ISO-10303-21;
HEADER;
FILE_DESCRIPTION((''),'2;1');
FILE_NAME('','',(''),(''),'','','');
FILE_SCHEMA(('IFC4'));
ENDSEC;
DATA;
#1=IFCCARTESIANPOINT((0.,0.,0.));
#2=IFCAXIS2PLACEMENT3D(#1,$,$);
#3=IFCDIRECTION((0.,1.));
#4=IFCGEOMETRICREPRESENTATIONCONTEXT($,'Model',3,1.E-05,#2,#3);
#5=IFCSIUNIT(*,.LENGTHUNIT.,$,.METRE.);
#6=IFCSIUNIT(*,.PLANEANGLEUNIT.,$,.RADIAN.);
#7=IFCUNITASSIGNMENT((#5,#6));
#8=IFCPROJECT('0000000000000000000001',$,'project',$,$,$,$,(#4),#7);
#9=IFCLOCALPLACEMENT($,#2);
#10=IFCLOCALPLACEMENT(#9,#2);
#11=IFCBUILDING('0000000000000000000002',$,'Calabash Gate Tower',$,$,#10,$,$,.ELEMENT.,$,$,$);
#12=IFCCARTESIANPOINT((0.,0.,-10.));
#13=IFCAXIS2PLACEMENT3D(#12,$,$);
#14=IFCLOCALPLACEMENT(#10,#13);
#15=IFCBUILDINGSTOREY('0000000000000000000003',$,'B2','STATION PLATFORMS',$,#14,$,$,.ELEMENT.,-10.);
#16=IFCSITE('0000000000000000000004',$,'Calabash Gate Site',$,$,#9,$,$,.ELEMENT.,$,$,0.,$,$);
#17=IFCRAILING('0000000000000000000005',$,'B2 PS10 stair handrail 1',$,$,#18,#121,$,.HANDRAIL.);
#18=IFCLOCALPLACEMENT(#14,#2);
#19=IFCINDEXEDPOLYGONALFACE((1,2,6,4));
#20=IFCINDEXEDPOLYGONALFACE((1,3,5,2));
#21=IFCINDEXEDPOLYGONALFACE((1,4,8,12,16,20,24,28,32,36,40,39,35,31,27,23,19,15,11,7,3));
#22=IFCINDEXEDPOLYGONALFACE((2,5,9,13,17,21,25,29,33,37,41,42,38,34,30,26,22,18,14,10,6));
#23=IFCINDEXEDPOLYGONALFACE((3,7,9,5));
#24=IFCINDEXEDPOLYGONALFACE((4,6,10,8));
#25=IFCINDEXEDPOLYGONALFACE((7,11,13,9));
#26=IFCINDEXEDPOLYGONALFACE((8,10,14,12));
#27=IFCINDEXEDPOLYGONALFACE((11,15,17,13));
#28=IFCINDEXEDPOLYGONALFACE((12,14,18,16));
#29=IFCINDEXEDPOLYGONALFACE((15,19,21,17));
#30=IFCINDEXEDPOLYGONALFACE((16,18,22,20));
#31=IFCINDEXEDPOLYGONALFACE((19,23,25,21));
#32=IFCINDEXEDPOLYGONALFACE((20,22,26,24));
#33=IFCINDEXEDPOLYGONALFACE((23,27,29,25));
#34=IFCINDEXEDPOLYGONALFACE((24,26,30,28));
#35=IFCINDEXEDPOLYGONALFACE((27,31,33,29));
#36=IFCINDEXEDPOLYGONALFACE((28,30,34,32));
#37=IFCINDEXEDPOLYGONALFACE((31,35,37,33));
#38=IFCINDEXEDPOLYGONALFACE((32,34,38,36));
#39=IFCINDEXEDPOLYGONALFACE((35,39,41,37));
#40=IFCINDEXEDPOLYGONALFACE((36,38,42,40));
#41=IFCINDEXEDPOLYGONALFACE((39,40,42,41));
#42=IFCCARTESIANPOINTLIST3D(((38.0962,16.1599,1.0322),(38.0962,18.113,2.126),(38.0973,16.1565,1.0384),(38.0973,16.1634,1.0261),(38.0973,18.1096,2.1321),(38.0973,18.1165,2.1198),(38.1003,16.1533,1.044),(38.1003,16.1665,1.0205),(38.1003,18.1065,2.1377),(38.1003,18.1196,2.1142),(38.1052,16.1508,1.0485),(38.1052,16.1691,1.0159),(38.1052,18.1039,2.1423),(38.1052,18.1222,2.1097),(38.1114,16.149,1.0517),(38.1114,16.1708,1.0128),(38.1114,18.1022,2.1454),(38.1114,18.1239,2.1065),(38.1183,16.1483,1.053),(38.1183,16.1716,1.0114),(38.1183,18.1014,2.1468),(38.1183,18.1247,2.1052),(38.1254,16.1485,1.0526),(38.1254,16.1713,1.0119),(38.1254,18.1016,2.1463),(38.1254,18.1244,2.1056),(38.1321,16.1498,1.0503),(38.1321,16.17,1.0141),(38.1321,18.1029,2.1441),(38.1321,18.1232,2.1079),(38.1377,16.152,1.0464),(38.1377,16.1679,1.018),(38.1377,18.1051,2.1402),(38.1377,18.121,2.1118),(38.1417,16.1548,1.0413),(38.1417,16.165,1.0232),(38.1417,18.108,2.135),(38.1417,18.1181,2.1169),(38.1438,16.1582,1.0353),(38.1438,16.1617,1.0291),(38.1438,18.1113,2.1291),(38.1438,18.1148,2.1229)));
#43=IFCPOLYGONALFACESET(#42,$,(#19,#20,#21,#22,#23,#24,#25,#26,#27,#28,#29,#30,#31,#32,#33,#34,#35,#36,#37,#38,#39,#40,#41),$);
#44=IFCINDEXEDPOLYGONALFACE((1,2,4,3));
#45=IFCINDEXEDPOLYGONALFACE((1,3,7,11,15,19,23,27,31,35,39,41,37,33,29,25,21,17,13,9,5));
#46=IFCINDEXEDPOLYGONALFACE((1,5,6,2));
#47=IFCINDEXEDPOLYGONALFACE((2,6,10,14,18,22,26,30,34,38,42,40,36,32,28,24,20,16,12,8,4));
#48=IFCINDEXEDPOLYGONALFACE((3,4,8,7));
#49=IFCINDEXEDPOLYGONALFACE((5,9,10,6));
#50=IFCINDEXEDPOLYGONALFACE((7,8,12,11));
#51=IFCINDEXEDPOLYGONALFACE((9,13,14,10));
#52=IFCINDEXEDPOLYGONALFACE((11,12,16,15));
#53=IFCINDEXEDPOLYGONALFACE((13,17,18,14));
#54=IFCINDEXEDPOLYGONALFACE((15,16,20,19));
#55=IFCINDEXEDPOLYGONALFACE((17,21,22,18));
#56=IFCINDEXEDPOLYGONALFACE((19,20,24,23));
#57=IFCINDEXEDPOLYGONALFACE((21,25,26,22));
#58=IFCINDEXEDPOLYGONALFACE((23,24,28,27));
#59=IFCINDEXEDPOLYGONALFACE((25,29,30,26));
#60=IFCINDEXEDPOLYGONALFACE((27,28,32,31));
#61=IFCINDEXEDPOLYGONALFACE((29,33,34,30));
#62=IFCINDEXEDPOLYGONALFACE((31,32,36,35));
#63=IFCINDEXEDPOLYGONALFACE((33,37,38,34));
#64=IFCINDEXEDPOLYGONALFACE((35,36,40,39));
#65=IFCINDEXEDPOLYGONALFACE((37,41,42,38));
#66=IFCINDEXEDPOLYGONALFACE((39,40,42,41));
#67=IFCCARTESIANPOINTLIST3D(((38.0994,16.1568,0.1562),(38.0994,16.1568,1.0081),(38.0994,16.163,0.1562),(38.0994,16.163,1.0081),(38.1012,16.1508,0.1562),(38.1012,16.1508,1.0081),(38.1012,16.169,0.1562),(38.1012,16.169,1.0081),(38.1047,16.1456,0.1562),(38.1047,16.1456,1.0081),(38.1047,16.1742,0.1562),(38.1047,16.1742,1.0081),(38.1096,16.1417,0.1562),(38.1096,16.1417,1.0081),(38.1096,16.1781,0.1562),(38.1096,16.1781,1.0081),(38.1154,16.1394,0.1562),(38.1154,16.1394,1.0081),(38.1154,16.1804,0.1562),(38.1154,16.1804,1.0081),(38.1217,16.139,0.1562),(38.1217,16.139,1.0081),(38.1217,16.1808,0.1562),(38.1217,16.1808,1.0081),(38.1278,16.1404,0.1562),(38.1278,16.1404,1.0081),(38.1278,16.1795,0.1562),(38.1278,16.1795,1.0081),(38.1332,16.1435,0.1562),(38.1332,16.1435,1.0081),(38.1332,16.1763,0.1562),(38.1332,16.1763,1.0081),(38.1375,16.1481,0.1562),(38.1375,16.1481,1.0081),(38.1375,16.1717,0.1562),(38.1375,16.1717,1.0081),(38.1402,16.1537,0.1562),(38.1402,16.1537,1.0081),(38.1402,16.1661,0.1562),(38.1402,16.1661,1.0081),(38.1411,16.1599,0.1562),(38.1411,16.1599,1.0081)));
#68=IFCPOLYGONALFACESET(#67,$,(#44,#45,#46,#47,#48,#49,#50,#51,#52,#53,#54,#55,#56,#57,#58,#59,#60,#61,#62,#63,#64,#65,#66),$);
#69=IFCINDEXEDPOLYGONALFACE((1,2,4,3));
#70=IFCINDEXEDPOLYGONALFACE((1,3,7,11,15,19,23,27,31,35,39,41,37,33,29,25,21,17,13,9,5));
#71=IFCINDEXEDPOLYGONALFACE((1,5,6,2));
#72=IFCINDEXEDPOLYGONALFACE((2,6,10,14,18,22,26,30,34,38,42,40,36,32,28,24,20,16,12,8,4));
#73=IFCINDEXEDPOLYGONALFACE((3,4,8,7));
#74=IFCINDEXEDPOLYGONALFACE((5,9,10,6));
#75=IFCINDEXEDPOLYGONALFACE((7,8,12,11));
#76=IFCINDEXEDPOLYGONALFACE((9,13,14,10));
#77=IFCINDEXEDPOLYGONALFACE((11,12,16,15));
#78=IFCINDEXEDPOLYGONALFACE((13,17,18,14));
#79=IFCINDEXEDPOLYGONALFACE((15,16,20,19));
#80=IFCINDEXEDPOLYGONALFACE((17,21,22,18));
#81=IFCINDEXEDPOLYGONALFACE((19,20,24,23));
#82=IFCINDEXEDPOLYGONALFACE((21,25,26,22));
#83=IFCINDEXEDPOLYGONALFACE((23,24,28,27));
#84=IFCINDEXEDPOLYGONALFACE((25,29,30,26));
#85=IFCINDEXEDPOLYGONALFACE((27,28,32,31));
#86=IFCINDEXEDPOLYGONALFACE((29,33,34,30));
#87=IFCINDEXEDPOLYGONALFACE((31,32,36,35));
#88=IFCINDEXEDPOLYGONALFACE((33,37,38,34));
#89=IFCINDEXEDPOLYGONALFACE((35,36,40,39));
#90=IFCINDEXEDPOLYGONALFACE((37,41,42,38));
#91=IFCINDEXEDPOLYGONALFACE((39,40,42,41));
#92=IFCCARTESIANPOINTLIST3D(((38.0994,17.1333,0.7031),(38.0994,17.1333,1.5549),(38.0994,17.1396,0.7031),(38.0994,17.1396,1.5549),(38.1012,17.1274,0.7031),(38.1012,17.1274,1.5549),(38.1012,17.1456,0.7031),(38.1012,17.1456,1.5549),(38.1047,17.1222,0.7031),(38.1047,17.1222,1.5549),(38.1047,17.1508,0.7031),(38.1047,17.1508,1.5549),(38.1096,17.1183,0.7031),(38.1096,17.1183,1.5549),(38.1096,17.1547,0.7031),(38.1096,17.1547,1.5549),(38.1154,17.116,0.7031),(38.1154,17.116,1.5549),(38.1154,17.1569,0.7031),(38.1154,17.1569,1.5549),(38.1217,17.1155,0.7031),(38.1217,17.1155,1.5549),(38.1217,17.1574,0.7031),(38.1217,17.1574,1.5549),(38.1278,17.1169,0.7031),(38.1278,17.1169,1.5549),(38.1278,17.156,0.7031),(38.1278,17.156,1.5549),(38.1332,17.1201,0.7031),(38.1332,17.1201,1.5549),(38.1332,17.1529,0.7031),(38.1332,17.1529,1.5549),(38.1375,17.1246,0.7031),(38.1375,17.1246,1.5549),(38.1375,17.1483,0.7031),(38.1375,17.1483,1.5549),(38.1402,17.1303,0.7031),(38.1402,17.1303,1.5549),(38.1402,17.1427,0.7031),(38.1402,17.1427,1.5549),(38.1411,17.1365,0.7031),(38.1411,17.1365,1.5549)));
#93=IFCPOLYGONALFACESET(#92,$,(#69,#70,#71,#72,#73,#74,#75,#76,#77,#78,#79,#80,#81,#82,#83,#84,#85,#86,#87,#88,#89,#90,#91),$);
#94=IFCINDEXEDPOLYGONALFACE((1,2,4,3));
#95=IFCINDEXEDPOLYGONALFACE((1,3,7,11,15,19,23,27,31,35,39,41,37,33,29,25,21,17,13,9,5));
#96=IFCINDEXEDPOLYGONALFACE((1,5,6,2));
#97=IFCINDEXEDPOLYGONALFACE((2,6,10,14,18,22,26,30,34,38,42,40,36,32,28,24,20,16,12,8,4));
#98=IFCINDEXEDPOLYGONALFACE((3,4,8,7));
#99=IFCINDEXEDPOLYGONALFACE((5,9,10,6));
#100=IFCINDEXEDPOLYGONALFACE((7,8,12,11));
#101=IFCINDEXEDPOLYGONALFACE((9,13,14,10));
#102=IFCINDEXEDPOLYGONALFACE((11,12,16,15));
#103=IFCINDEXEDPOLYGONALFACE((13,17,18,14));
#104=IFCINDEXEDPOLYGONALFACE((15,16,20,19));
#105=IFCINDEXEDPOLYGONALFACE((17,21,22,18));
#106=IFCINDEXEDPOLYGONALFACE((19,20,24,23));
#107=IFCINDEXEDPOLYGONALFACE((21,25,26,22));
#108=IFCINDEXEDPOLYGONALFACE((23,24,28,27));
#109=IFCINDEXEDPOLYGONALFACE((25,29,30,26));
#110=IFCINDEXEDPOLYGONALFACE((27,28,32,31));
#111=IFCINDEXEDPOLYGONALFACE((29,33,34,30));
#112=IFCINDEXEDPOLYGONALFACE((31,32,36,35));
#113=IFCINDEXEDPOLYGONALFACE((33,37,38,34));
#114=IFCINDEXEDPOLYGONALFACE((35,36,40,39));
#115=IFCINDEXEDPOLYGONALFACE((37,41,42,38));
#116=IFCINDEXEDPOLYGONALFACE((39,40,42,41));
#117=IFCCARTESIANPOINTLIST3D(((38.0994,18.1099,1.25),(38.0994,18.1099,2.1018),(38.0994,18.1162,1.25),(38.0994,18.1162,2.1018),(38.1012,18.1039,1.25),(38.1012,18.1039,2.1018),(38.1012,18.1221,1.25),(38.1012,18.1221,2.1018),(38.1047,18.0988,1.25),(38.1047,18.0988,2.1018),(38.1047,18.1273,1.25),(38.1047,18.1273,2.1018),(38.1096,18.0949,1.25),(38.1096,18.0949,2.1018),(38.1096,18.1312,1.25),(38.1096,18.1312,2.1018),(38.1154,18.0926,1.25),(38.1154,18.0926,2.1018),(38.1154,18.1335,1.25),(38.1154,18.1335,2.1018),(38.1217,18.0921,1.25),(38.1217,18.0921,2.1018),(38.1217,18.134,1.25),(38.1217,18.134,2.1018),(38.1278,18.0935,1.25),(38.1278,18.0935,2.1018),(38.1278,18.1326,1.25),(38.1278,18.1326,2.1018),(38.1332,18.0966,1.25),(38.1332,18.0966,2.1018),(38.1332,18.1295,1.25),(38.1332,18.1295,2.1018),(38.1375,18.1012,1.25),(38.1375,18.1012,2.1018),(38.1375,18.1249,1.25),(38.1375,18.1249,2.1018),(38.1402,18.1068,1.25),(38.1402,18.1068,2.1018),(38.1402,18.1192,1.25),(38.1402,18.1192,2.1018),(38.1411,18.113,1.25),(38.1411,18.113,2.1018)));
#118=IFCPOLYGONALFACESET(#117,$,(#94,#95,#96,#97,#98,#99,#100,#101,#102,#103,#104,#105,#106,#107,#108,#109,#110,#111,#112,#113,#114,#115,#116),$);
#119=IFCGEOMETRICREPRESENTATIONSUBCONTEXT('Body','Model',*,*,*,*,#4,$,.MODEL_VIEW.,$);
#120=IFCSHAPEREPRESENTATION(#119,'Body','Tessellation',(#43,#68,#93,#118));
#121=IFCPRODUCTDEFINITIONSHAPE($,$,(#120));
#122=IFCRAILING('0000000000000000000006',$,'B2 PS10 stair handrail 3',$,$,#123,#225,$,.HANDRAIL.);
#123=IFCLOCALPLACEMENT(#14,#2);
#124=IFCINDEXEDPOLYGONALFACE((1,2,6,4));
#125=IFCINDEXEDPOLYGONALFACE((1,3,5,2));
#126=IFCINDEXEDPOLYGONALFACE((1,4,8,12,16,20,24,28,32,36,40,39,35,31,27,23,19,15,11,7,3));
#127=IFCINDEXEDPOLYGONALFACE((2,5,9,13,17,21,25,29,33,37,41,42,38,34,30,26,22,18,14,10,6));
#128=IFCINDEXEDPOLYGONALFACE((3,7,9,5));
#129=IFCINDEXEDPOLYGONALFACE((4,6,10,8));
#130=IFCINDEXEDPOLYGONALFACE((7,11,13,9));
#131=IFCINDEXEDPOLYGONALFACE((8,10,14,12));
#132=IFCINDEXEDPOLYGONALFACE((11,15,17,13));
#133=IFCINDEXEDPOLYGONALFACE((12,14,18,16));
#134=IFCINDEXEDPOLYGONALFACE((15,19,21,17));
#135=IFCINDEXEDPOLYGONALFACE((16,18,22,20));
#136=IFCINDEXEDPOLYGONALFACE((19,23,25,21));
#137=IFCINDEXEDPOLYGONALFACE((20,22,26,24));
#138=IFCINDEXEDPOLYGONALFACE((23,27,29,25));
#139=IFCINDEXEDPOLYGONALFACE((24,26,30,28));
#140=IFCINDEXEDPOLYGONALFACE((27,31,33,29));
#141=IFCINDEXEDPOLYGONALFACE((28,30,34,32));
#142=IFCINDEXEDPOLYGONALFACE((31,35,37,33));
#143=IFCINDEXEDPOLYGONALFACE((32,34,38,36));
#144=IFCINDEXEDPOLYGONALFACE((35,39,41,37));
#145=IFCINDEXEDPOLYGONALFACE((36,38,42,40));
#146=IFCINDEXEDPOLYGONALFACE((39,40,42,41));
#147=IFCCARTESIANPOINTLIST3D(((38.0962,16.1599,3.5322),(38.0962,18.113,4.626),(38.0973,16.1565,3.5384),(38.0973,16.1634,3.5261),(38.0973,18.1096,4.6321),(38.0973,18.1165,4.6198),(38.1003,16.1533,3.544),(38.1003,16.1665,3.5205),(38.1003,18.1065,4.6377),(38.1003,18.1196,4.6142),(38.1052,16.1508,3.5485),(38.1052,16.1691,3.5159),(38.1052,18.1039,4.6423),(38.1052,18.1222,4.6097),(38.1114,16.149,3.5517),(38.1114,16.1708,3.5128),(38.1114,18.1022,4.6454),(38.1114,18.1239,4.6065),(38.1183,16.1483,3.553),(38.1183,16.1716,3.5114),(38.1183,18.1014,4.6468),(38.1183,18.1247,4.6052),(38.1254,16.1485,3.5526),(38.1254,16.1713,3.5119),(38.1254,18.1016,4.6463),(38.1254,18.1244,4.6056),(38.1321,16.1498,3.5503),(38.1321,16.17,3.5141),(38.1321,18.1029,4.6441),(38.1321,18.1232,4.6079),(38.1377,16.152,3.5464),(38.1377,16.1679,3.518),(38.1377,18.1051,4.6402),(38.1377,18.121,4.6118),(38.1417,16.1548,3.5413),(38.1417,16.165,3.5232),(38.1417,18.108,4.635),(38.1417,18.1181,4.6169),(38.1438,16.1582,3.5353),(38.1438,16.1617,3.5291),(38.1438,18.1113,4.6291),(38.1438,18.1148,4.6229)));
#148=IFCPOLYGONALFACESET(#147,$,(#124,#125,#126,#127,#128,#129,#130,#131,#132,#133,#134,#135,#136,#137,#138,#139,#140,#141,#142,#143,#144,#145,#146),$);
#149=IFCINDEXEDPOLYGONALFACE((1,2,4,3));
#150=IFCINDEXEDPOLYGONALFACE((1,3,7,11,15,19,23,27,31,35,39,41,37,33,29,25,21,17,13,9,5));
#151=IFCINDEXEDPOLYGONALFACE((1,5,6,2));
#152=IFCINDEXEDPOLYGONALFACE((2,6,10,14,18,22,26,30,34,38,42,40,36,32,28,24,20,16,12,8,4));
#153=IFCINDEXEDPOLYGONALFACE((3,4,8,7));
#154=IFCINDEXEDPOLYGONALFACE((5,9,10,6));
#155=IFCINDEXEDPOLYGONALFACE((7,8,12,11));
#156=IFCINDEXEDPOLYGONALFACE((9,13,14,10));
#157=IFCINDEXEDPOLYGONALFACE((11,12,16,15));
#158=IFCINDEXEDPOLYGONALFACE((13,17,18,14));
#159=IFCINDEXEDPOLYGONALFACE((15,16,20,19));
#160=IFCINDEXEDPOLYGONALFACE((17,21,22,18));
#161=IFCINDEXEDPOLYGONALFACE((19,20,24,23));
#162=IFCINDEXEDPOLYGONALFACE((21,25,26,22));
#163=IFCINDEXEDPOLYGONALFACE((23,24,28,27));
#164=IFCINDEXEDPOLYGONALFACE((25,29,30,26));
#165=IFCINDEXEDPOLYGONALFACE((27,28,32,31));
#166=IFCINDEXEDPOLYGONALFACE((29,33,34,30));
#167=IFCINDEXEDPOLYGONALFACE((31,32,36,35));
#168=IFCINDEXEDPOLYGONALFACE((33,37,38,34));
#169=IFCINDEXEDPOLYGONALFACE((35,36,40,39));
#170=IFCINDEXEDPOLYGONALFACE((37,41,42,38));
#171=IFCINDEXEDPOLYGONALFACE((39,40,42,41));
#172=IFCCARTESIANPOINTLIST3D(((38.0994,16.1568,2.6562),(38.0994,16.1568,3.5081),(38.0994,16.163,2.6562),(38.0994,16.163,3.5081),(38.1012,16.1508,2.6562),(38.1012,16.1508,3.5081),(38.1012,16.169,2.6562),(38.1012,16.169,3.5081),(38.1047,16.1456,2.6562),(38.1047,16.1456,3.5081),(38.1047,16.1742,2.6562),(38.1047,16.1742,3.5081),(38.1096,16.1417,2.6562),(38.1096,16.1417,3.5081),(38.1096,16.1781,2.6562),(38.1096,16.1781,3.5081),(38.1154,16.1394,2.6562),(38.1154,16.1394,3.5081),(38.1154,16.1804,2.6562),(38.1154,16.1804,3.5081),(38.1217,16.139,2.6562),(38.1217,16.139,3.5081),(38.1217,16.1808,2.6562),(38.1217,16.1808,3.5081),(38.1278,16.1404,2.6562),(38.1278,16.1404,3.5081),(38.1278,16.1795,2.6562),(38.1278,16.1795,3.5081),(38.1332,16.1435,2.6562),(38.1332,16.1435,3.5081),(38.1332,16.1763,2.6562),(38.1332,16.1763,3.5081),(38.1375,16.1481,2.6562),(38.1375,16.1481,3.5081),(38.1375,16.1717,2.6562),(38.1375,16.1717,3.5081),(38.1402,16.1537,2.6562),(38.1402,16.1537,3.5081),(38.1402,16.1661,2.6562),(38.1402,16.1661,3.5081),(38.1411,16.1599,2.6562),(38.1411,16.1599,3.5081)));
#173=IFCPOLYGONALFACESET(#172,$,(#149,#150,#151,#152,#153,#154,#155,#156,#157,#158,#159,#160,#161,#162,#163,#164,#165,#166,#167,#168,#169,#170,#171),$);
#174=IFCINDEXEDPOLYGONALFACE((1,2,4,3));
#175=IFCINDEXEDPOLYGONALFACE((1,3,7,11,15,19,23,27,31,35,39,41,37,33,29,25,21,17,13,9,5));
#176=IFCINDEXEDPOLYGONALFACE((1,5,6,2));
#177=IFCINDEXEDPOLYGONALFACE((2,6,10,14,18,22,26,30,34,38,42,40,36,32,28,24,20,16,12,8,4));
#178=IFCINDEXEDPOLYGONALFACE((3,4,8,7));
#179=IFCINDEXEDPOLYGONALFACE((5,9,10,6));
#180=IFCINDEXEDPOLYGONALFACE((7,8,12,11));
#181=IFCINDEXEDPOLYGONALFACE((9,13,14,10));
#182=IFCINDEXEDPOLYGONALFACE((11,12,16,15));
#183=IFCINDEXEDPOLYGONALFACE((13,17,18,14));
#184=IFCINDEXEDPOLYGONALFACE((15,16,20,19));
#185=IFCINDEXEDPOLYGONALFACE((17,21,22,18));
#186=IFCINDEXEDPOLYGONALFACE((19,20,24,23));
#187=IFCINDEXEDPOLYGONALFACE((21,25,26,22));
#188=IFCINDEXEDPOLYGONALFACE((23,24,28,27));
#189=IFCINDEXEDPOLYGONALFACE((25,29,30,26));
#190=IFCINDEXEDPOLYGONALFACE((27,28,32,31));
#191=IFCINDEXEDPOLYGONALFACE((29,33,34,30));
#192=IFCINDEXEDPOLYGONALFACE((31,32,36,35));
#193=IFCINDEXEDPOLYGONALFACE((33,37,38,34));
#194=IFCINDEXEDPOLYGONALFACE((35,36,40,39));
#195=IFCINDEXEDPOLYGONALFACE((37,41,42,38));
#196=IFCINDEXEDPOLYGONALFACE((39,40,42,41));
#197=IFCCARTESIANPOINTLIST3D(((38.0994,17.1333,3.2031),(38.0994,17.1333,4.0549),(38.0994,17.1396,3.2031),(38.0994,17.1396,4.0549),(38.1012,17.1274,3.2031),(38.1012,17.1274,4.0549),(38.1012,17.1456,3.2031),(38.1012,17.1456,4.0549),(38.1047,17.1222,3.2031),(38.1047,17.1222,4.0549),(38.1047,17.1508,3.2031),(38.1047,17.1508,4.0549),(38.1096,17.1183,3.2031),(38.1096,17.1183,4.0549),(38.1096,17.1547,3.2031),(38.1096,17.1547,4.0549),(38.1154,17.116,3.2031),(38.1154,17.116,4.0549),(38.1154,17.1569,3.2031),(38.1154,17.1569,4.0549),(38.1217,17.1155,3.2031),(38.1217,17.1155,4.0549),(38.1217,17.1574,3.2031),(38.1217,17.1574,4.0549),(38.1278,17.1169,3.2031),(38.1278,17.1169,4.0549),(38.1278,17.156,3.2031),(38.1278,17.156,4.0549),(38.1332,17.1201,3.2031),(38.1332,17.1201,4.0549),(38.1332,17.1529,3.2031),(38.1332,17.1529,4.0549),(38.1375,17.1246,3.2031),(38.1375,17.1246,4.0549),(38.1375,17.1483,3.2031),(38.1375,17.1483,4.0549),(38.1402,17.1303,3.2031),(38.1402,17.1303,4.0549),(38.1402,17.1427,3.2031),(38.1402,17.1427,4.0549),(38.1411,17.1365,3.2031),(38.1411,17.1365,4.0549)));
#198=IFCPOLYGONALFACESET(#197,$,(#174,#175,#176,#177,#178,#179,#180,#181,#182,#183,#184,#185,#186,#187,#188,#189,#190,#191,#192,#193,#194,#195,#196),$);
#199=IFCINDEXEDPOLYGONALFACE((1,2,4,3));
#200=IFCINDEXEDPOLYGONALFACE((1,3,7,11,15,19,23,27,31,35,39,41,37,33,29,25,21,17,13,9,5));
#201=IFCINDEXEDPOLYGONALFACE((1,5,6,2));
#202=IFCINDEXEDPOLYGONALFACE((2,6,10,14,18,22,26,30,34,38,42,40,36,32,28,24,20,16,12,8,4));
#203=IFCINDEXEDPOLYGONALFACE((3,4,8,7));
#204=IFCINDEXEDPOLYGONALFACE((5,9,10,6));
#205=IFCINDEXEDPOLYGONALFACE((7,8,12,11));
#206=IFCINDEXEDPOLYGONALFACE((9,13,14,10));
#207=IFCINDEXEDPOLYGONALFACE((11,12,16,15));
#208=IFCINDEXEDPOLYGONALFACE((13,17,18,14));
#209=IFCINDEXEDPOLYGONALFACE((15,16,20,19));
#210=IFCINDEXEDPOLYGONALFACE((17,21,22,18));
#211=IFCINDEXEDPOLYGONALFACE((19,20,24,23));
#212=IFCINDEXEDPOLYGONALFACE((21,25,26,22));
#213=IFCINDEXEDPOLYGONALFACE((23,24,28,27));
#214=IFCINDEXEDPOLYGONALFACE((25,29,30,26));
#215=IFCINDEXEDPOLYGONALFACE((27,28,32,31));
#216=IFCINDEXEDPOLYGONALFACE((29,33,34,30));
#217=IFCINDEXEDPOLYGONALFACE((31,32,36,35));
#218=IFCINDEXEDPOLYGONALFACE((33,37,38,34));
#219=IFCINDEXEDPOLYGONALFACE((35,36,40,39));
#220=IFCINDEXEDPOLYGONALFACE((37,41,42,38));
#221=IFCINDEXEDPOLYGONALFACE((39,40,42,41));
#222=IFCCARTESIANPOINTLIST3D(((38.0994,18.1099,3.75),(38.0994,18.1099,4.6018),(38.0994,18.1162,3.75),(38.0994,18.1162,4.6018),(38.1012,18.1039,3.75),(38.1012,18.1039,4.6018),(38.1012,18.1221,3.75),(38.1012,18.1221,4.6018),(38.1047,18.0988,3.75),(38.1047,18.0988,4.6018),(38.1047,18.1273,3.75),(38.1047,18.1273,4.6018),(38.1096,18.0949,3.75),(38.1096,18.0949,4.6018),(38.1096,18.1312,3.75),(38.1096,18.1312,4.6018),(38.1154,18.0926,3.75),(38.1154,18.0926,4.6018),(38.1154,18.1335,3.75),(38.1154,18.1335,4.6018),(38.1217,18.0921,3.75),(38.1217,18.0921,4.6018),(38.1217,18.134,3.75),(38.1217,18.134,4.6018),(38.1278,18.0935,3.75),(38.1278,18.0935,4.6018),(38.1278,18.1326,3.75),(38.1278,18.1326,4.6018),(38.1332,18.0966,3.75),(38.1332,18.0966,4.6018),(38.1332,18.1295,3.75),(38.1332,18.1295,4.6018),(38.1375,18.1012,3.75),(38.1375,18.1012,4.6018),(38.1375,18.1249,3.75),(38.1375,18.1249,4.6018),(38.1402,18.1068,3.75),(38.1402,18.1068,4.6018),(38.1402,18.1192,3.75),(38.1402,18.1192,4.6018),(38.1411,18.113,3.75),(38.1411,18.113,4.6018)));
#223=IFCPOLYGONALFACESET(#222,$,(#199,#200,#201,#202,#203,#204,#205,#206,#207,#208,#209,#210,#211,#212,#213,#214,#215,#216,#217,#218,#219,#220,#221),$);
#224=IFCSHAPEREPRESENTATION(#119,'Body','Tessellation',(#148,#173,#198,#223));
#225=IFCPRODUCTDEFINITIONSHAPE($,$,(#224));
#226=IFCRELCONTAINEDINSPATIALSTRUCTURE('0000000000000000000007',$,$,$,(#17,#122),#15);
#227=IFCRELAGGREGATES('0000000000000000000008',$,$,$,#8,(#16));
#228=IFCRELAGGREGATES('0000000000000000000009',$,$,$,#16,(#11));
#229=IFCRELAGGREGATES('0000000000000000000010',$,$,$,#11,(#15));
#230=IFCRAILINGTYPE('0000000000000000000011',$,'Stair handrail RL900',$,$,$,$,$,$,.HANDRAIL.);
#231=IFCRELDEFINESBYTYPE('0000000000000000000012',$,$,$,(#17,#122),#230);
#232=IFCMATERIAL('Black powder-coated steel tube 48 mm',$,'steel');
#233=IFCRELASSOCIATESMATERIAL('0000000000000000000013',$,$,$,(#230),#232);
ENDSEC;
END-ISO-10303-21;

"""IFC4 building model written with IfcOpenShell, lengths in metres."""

from ifc_helpers import new_model, si_unit, direction, frame, origin, origin_2d, place, context, subcontext, project, spatial, circle, extrude, material, type_object, element, save


model = new_model("IFC4")

# Units and contexts
model_context = context("Model", 3, precision=1e-05, world=origin(), true_north=direction((0.0, 1.0)))
body_context = subcontext(model_context, "Body", "Model", "MODEL_VIEW")
ifc_project = project(units=[si_unit("LENGTHUNIT", "METRE"), si_unit("PLANEANGLEUNIT", "RADIAN")], contexts=[model_context])

# Site, building, storey
site_placement = place(None, origin())
site = spatial("IfcSite", under=ifc_project, at=site_placement, Name="Calabash Gate Site", CompositionType="ELEMENT", RefElevation=0.0)
building_placement = place(site_placement, origin())
building = spatial("IfcBuilding", under=site, at=building_placement, Name="Calabash Gate Tower", CompositionType="ELEMENT")
storey_placement = place(building_placement, frame((0.0, 0.0, -10.0)))
storey = spatial("IfcBuildingStorey", under=building, at=storey_placement, Name="B2", Description="STATION PLATFORMS", CompositionType="ELEMENT", Elevation=-10.0)

# Railings
ifc_material_1 = material(Name="Black powder-coated steel tube 48 mm", Category="steel")
railing_type_1 = type_object("IfcRailingType", Name="Stair handrail RL900", PredefinedType="HANDRAIL", material=ifc_material_1)
for number, where, name in (
    (1, (38.1201, 16.1599, 0.1562), "B2 PS10 stair handrail 1"),
    (2, (38.1201, 16.1599, 2.6562), "B2 PS10 stair handrail 3"),
):
    element("IfcRailing", number, at=place(storey_placement, frame(where)), inside=storey, type_object=railing_type_1, Name=name, PredefinedType="HANDRAIL", context=body_context, shape_type="SweptSolid", body=[
        extrude(circle(Radius=0.0239, at=origin_2d()), frame((0.0, 0.0, 0.876), z_axis=(0.0, 0.872506, 0.488603), x_axis=(-1.0, 0.0, 0.0)), (0.0, 0.0, 1.0), 2.2385),
        extrude(circle(Radius=0.021, at=origin_2d()), origin(), (0.0, 0.0, 1.0), 0.8518),
        extrude(circle(Radius=0.021, at=origin_2d()), frame((0.0, 0.9766, 0.5469)), (0.0, 0.0, 1.0), 0.8518),
        extrude(circle(Radius=0.021, at=origin_2d()), frame((0.0, 1.9531, 1.0938)), (0.0, 0.0, 1.0), 0.8518),
    ])

save(model, "model.ifc")
